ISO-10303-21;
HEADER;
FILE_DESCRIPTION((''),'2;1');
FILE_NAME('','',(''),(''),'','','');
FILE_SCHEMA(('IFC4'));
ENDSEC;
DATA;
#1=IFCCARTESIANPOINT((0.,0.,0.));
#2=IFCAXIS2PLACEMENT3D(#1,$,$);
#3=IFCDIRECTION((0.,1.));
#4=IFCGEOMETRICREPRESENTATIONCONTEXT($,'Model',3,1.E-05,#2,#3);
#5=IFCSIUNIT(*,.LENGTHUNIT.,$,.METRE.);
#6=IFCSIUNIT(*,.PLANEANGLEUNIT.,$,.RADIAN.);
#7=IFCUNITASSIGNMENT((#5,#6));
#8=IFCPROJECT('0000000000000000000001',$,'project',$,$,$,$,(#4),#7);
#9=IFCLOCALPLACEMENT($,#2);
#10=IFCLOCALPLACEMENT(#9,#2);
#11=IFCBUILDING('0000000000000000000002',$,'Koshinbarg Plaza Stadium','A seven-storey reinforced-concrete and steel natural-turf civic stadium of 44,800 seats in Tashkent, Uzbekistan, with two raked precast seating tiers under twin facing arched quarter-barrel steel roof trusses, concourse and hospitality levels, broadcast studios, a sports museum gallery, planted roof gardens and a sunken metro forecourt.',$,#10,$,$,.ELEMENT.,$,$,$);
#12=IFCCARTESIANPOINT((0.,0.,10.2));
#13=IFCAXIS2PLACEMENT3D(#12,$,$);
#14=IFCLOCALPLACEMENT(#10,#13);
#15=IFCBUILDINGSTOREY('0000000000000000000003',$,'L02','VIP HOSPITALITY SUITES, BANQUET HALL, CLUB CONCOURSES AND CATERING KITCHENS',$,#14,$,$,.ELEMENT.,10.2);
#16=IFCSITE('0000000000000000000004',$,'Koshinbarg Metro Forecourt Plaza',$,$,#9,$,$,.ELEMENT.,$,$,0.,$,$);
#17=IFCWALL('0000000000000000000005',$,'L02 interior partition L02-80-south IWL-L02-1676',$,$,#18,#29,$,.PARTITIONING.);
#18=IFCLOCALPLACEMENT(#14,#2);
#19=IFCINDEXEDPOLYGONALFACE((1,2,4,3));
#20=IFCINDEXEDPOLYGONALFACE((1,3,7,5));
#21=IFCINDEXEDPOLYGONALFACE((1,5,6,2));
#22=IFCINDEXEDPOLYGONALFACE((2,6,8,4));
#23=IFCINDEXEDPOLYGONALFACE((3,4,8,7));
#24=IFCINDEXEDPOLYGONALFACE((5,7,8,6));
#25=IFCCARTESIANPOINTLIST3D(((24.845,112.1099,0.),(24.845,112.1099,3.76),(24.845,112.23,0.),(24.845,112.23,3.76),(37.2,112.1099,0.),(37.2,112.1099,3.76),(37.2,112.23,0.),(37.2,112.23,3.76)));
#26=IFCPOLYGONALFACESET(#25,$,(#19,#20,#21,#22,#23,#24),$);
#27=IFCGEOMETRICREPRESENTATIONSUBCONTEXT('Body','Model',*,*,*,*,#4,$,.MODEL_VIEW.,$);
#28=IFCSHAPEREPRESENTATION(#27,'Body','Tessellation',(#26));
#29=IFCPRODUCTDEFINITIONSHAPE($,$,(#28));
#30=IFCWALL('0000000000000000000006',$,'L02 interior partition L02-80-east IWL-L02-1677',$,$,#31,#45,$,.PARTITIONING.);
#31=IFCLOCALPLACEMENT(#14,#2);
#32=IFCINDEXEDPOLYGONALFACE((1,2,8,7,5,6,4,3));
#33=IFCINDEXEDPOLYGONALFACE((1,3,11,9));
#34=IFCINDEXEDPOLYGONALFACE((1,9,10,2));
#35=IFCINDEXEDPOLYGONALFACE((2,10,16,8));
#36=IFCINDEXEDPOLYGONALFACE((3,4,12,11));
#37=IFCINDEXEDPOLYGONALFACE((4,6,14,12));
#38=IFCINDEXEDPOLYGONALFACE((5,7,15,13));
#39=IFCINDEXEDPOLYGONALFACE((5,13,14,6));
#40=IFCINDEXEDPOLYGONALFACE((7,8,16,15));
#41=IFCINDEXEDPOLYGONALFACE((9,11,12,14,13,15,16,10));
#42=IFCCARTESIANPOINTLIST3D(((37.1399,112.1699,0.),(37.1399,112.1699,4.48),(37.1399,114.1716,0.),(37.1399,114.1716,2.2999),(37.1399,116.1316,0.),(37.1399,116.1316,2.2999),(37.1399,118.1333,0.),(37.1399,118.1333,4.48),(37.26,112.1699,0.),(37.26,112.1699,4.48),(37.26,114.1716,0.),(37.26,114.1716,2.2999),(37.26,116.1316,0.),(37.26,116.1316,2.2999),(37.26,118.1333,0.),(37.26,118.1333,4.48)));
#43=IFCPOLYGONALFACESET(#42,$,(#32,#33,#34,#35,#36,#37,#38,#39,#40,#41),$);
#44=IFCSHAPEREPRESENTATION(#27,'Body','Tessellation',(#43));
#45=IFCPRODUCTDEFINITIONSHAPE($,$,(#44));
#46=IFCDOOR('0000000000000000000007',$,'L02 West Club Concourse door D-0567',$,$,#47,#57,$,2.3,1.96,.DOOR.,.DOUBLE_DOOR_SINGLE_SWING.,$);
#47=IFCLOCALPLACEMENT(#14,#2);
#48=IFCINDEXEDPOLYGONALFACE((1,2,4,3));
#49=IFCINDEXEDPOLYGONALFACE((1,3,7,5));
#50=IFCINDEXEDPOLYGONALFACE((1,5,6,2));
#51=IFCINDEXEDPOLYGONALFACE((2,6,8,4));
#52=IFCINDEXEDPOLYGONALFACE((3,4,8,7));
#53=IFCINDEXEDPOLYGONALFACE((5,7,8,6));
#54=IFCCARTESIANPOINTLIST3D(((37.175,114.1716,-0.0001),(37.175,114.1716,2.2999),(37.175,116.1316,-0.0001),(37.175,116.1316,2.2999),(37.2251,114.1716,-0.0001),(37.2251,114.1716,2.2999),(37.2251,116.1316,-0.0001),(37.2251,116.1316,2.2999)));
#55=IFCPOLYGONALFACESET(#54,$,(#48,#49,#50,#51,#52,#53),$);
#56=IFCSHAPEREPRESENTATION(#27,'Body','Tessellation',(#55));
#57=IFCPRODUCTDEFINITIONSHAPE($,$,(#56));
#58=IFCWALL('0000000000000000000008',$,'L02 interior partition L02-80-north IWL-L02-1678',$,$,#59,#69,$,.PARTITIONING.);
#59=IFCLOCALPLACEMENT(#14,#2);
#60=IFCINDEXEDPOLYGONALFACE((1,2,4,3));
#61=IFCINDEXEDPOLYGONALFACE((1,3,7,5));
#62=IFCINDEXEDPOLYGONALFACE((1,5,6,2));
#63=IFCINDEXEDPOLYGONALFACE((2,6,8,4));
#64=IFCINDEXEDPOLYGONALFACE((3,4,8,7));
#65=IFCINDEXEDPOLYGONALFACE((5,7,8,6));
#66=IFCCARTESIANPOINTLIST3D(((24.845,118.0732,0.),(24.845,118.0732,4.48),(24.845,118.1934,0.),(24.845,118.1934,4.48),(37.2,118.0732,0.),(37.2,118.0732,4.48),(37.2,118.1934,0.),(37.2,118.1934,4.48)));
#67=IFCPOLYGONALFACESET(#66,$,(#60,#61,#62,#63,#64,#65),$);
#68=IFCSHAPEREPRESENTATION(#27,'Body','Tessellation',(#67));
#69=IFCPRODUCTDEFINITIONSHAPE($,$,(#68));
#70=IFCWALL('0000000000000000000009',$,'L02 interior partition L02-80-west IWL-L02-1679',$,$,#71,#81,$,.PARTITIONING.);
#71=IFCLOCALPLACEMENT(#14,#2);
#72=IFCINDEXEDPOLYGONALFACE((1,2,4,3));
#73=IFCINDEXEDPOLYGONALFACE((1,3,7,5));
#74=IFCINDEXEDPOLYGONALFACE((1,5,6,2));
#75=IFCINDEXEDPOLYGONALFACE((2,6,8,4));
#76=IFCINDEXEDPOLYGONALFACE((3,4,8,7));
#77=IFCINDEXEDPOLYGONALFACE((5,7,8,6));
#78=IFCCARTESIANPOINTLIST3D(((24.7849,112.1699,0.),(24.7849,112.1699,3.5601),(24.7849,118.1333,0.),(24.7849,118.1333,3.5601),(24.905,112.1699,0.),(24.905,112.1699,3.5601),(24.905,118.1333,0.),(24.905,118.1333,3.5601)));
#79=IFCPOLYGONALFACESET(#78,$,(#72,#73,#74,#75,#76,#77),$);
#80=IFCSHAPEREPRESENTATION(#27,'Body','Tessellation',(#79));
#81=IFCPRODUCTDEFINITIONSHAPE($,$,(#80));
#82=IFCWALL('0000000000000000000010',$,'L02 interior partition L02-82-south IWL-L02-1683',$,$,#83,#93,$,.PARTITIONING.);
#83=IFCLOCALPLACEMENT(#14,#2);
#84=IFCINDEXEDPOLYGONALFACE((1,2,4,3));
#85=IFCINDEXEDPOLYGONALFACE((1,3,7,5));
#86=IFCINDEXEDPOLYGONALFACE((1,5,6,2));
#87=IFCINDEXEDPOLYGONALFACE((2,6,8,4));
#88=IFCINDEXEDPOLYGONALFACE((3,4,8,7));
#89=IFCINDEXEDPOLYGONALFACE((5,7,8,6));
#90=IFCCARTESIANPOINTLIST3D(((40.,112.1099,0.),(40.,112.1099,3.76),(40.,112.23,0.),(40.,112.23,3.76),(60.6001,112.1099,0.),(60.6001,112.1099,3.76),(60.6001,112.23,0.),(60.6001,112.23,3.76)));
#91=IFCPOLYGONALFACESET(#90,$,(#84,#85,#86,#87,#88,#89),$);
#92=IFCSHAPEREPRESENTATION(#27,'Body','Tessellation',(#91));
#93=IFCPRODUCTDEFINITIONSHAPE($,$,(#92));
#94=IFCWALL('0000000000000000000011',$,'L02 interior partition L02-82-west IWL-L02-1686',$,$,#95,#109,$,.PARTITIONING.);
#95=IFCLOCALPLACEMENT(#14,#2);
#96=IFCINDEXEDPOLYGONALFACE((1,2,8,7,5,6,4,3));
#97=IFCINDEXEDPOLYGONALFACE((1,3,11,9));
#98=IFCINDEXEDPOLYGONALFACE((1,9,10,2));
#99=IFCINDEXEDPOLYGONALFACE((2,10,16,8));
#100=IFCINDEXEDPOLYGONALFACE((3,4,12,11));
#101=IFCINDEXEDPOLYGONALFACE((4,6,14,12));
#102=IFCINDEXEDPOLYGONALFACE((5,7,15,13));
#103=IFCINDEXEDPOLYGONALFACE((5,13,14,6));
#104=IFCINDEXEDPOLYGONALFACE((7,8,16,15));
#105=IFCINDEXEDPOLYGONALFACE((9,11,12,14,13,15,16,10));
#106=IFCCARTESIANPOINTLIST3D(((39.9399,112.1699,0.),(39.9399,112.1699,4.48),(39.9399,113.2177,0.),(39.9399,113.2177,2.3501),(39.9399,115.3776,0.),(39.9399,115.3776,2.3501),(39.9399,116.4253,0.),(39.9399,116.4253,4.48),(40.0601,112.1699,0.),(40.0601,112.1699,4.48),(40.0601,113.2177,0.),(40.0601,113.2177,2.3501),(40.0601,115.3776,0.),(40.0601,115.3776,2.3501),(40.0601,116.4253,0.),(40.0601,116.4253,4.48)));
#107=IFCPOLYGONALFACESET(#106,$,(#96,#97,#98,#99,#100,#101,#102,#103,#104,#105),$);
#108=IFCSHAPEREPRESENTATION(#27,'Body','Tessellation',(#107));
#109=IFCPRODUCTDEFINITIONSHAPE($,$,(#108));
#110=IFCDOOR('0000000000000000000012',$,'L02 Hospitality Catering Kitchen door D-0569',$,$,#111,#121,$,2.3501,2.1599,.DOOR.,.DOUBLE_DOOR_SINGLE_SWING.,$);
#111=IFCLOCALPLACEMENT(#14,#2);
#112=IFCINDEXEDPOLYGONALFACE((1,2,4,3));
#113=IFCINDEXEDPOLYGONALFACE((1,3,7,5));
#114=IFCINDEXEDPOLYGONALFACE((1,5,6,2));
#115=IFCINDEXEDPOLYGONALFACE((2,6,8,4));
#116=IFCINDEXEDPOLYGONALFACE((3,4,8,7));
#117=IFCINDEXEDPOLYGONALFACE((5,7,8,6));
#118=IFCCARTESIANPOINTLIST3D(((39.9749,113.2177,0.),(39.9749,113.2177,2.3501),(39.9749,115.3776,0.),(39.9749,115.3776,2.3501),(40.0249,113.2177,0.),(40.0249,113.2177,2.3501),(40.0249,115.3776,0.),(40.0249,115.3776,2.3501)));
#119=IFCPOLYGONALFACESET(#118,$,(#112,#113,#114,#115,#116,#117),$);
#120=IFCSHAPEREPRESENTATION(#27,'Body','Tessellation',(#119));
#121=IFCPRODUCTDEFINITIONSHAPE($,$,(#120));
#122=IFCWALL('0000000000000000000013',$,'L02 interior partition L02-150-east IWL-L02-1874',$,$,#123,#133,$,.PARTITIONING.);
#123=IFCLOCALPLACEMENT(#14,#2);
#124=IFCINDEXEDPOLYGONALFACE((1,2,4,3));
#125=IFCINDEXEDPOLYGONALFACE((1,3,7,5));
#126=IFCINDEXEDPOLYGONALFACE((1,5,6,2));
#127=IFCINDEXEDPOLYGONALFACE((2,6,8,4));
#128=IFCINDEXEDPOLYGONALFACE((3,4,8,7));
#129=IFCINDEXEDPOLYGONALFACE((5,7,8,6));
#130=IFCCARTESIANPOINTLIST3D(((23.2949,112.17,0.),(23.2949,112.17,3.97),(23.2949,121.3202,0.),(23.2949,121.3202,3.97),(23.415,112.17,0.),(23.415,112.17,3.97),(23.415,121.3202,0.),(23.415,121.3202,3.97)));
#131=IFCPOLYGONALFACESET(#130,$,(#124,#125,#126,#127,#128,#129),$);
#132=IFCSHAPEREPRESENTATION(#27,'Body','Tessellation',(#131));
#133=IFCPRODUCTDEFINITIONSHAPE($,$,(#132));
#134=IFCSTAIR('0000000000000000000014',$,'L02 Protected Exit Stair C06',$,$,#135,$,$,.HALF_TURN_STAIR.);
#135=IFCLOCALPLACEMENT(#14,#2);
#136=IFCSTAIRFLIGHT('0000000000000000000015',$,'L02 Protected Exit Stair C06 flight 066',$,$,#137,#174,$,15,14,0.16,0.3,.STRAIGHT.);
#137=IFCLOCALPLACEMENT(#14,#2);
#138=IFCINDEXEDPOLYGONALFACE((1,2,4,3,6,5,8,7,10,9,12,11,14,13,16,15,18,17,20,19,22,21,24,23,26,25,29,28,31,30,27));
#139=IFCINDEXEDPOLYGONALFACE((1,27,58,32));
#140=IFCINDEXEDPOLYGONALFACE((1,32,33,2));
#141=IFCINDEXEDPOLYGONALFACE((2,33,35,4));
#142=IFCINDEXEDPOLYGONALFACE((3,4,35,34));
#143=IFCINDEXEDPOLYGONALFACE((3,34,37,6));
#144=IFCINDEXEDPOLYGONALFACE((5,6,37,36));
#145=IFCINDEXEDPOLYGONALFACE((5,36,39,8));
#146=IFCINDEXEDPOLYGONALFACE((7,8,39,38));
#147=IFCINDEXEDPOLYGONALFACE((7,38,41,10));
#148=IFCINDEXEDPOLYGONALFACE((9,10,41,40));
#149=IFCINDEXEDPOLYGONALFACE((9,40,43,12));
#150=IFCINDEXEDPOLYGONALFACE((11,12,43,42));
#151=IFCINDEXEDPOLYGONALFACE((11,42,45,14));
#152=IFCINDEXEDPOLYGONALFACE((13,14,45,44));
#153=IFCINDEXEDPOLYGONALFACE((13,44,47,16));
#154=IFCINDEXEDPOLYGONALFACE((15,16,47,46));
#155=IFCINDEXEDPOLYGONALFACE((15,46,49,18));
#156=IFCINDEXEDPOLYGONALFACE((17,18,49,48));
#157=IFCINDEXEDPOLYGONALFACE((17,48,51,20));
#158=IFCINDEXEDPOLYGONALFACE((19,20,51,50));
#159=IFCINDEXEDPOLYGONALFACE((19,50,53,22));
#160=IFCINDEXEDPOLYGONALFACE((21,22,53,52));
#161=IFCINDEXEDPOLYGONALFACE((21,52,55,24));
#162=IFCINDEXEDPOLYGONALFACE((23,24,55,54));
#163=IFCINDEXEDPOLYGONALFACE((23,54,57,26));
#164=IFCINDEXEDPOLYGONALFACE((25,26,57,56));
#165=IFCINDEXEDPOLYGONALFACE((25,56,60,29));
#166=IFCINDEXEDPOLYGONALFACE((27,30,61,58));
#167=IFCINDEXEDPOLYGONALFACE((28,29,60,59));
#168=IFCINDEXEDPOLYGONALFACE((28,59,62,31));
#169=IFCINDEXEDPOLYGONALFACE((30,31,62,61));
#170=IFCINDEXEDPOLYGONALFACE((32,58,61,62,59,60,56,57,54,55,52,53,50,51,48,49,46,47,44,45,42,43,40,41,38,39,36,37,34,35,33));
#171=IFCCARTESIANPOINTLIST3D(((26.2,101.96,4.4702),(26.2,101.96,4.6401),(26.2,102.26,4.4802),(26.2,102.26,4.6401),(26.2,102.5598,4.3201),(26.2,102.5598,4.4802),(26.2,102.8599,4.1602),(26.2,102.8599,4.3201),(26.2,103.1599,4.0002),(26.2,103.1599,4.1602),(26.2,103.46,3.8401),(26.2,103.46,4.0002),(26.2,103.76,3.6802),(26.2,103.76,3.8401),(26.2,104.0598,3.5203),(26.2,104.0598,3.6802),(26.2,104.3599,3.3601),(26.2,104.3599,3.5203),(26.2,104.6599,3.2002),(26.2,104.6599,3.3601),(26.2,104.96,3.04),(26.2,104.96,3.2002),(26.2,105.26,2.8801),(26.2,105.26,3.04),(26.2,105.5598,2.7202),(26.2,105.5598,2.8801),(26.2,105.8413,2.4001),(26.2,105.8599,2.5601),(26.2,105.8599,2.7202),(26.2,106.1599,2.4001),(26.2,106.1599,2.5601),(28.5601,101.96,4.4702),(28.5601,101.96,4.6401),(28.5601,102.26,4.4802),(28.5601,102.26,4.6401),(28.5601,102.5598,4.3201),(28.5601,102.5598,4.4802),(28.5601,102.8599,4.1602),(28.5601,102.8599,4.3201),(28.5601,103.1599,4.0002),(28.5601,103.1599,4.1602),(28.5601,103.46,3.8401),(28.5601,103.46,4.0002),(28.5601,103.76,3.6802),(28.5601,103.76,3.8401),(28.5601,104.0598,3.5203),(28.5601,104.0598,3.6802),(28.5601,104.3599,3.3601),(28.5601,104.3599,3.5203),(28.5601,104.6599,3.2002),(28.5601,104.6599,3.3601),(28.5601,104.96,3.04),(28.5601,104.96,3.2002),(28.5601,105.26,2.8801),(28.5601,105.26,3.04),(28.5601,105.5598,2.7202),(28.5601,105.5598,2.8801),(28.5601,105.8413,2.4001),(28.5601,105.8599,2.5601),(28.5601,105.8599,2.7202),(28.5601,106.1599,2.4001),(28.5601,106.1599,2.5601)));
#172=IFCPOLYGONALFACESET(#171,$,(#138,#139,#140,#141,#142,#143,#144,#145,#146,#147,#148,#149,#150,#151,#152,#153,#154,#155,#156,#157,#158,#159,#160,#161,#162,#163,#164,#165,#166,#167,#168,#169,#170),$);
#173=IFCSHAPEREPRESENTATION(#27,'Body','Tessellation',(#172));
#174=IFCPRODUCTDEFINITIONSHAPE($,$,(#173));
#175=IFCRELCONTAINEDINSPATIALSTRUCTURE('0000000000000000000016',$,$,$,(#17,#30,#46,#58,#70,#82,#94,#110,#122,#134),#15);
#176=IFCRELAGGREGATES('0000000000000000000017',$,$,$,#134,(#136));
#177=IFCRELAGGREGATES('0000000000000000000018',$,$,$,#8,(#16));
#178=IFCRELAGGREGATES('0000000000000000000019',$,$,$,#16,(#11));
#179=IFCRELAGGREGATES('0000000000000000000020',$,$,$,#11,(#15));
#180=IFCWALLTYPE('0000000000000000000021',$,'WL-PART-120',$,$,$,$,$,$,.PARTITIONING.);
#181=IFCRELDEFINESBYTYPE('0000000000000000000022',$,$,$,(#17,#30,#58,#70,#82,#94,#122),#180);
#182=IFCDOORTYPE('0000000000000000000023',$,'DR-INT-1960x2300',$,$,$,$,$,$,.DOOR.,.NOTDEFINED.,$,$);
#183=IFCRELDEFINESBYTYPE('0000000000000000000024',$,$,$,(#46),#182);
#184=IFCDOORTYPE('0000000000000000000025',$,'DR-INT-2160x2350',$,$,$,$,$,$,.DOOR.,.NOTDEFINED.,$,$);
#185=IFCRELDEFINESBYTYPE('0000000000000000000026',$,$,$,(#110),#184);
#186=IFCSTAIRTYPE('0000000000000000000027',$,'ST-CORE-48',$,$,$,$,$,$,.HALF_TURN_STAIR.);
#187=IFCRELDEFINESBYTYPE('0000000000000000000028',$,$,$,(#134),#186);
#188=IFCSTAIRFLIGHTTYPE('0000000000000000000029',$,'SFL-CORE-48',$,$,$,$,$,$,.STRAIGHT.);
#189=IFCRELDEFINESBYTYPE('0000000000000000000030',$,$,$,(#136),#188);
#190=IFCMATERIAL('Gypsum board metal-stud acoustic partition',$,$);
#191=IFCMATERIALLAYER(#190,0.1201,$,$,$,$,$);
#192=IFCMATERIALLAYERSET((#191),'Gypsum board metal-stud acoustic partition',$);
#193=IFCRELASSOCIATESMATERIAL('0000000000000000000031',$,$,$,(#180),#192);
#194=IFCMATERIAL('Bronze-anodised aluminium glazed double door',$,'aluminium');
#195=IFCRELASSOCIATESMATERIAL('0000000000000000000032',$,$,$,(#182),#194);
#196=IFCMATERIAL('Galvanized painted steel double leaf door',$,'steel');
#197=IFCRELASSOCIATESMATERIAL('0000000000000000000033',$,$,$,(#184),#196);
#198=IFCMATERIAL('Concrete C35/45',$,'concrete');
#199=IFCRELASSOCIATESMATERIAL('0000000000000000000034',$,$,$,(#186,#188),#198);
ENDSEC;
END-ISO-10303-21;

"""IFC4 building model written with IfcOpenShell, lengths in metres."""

from ifc_helpers import new_model, si_unit, direction, frame, frame_2d, origin, place, context, subcontext, project, spatial, polyline, rectangle, outline, extrude, material, layer, layer_set, type_object, element, fill, aggregate, save


model = new_model("IFC4")

# Units and contexts
model_context = context("Model", 3, precision=1e-05, world=origin(), true_north=direction((0.0, 1.0)))
body_context = subcontext(model_context, "Body", "Model", "MODEL_VIEW")
ifc_project = project(units=[si_unit("LENGTHUNIT", "METRE"), si_unit("PLANEANGLEUNIT", "RADIAN")], contexts=[model_context])

# Site, building, storey
site_placement = place(None, origin())
site = spatial("IfcSite", under=ifc_project, at=site_placement, Name="Koshinbarg Metro Forecourt Plaza", CompositionType="ELEMENT", RefElevation=0.0)
building_placement = place(site_placement, origin())
building = spatial("IfcBuilding", under=site, at=building_placement, Name="Koshinbarg Plaza Stadium", Description="A seven-storey reinforced-concrete and steel natural-turf civic stadium of 44,800 seats in Tashkent, Uzbekistan, with two raked precast seating tiers under twin facing arched quarter-barrel steel roof trusses, concourse and hospitality levels, broadcast studios, a sports museum gallery, planted roof gardens and a sunken metro forecourt.", CompositionType="ELEMENT")
storey_placement = place(building_placement, frame((0.0, 0.0, 10.2)))
storey = spatial("IfcBuildingStorey", under=building, at=storey_placement, Name="L02", Description="VIP HOSPITALITY SUITES, BANQUET HALL, CLUB CONCOURSES AND CATERING KITCHENS", CompositionType="ELEMENT", Elevation=10.2)

# Shared definitions
ifc_material_1 = material(Name="Gypsum board metal-stud acoustic partition")
ifc_layer_1 = layer(ifc_material_1, 0.1201)
ifc_layer_set_1 = layer_set([ifc_layer_1], Name="Gypsum board metal-stud acoustic partition")
wall_type_1 = type_object("IfcWallType", Name="WL-PART-120", PredefinedType="PARTITIONING", material=ifc_layer_set_1)

# Wall
wall_1_placement = place(storey_placement, frame((24.845, 112.1699, 0.0), z_axis=(0.0, 0.0, 1.0), x_axis=(1.0, 0.0, 0.0)))
element("IfcWall", 1, at=wall_1_placement, inside=storey, type_object=wall_type_1, Name="L02 interior partition L02-80-south IWL-L02-1676", PredefinedType="PARTITIONING", context=body_context, shape_type="SweptSolid", body=[
    extrude(rectangle(XDim=12.355, YDim=0.1201, at=frame_2d((6.1775, 0.0))), origin(), (0.0, 0.0, 1.0), 3.76),
])

# Wall, opening, door
wall_2_placement = place(storey_placement, frame((37.2, 112.1699, 0.0), z_axis=(0.0, 0.0, 1.0), x_axis=(0.0, 1.0, 0.0)))
wall_2 = element("IfcWall", 2, at=wall_2_placement, inside=storey, type_object=wall_type_1, Name="L02 interior partition L02-80-east IWL-L02-1677", PredefinedType="PARTITIONING", context=body_context, shape_type="SweptSolid", body=[
    extrude(rectangle(XDim=5.9634, YDim=0.1201, at=frame_2d((2.9817, 0.0))), origin(), (0.0, 0.0, 1.0), 4.48),
])
opening_1_placement = place(wall_2_placement, frame((2.0017, 0.0, 0.0)))
opening_1 = element("IfcOpeningElement", 3, at=opening_1_placement, cuts=wall_2, PredefinedType="OPENING", context=body_context, shape_type="SweptSolid", body=[
    extrude(rectangle(XDim=1.96, YDim=2.3, at=frame_2d((0.98, 1.1499))), frame((0.0, 0.0701, 0.0), z_axis=(0.0, -1.0, 0.0), x_axis=(1.0, 0.0, 0.0)), (0.0, 0.0, 1.0), 0.1401),
])
ifc_material_2 = material(Name="Bronze-anodised aluminium glazed double door", Category="aluminium")
door_type_1 = type_object("IfcDoorType", Name="DR-INT-1960x2300", OperationType="NOTDEFINED", PredefinedType="DOOR", material=ifc_material_2)
door_1_placement = place(opening_1_placement, origin())
door_1 = element("IfcDoor", 4, at=door_1_placement, inside=storey, type_object=door_type_1, Name="L02 West Club Concourse door D-0567", OperationType="DOUBLE_DOOR_SINGLE_SWING", OverallHeight=2.3, OverallWidth=1.96, PredefinedType="DOOR", context=body_context, shape_type="SweptSolid", body=[
    extrude(rectangle(XDim=1.96, YDim=2.3, at=frame_2d((0.98, 1.1499))), frame((0.0, 0.0249, 0.0), z_axis=(0.0, -1.0, 0.0), x_axis=(1.0, 0.0, 0.0)), (0.0, 0.0, 1.0), 0.05),
])
fill(opening_1, door_1)

# Walls
wall_3_placement = place(storey_placement, frame((37.2, 118.1333, 0.0), z_axis=(0.0, 0.0, 1.0), x_axis=(-1.0, 0.0, 0.0)))
element("IfcWall", 5, at=wall_3_placement, inside=storey, type_object=wall_type_1, Name="L02 interior partition L02-80-north IWL-L02-1678", PredefinedType="PARTITIONING", context=body_context, shape_type="SweptSolid", body=[
    extrude(rectangle(XDim=12.355, YDim=0.1201, at=frame_2d((6.1775, 0.0))), origin(), (0.0, 0.0, 1.0), 4.48),
])
wall_4_placement = place(storey_placement, frame((24.845, 118.1333, 0.0), z_axis=(0.0, 0.0, 1.0), x_axis=(0.0, -1.0, 0.0)))
element("IfcWall", 6, at=wall_4_placement, inside=storey, type_object=wall_type_1, Name="L02 interior partition L02-80-west IWL-L02-1679", PredefinedType="PARTITIONING", context=body_context, shape_type="SweptSolid", body=[
    extrude(rectangle(XDim=5.9634, YDim=0.1201, at=frame_2d((2.9817, 0.0))), origin(), (0.0, 0.0, 1.0), 3.5601),
])
wall_5_placement = place(storey_placement, frame((40.0, 112.1699, 0.0), z_axis=(0.0, 0.0, 1.0), x_axis=(1.0, 0.0, 0.0)))
element("IfcWall", 7, at=wall_5_placement, inside=storey, type_object=wall_type_1, Name="L02 interior partition L02-82-south IWL-L02-1683", PredefinedType="PARTITIONING", context=body_context, shape_type="SweptSolid", body=[
    extrude(rectangle(XDim=20.6001, YDim=0.1201, at=frame_2d((10.3, 0.0))), origin(), (0.0, 0.0, 1.0), 3.76),
])

# Wall, opening, door
wall_6_placement = place(storey_placement, frame((40.0, 116.4253, 0.0), z_axis=(0.0, 0.0, 1.0), x_axis=(0.0, -1.0, 0.0)))
wall_6 = element("IfcWall", 8, at=wall_6_placement, inside=storey, type_object=wall_type_1, Name="L02 interior partition L02-82-west IWL-L02-1686", PredefinedType="PARTITIONING", context=body_context, shape_type="SweptSolid", body=[
    extrude(rectangle(XDim=4.2554, YDim=0.1201, at=frame_2d((2.1277, 0.0))), origin(), (0.0, 0.0, 1.0), 4.48),
])
opening_2_placement = place(wall_6_placement, frame((1.0476, 0.0, 0.0)))
opening_2 = element("IfcOpeningElement", 9, at=opening_2_placement, cuts=wall_6, PredefinedType="OPENING", context=body_context, shape_type="SweptSolid", body=[
    extrude(rectangle(XDim=2.1599, YDim=2.3501, at=frame_2d((1.0801, 1.175))), frame((0.0, 0.0701, 0.0), z_axis=(0.0, -1.0, 0.0), x_axis=(1.0, 0.0, 0.0)), (0.0, 0.0, 1.0), 0.1401),
])
ifc_material_3 = material(Name="Galvanized painted steel double leaf door", Category="steel")
door_type_2 = type_object("IfcDoorType", Name="DR-INT-2160x2350", OperationType="NOTDEFINED", PredefinedType="DOOR", material=ifc_material_3)
door_2_placement = place(opening_2_placement, origin())
door_2 = element("IfcDoor", 10, at=door_2_placement, inside=storey, type_object=door_type_2, Name="L02 Hospitality Catering Kitchen door D-0569", OperationType="DOUBLE_DOOR_SINGLE_SWING", OverallHeight=2.3501, OverallWidth=2.1599, PredefinedType="DOOR", context=body_context, shape_type="SweptSolid", body=[
    extrude(rectangle(XDim=2.1599, YDim=2.3501, at=frame_2d((1.0801, 1.175))), frame((0.0, 0.0249, 0.0), z_axis=(0.0, -1.0, 0.0), x_axis=(1.0, 0.0, 0.0)), (0.0, 0.0, 1.0), 0.05),
])
fill(opening_2, door_2)

# Wall
wall_7_placement = place(storey_placement, frame((23.355, 112.1699, 0.0), z_axis=(0.0, 0.0, 1.0), x_axis=(0.0, 1.0, 0.0)))
element("IfcWall", 11, at=wall_7_placement, inside=storey, type_object=wall_type_1, Name="L02 interior partition L02-150-east IWL-L02-1874", PredefinedType="PARTITIONING", context=body_context, shape_type="SweptSolid", body=[
    extrude(rectangle(XDim=9.1501, YDim=0.1201, at=frame_2d((4.5752, 0.0))), origin(), (0.0, 0.0, 1.0), 3.97),
])

# Stair, stair flight
ifc_material_4 = material(Name="Concrete C35/45", Category="concrete")
stair_type = type_object("IfcStairType", Name="ST-CORE-48", PredefinedType="HALF_TURN_STAIR", material=ifc_material_4)
stair_placement = place(storey_placement, origin())
stair = element("IfcStair", 12, at=stair_placement, inside=storey, type_object=stair_type, Name="L02 Protected Exit Stair C06", PredefinedType="HALF_TURN_STAIR")
stair_flight_type = type_object("IfcStairFlightType", Name="SFL-CORE-48", PredefinedType="STRAIGHT", material=ifc_material_4)
stair_flight_placement = place(storey_placement, frame((27.3799, 106.1599, 2.4001), z_axis=(0.0, 0.0, 1.0), x_axis=(0.0, -1.0, 0.0)))
stair_flight = element("IfcStairFlight", 13, at=stair_flight_placement, type_object=stair_flight_type, Name="L02 Protected Exit Stair C06 flight 066", NumberOfRisers=15, NumberOfTreads=14, PredefinedType="STRAIGHT", RiserHeight=0.16, TreadLength=0.3, context=body_context, shape_type="SweptSolid", body=[
    extrude(outline(polyline([(0.0, 0.0), (0.0, 0.1599), (0.3, 0.1599), (0.3, 0.3201), (0.6001, 0.3201), (0.6001, 0.48), (0.8999, 0.48), (0.8999, 0.6399), (1.2, 0.6399), (1.2, 0.8), (1.5, 0.8), (1.5, 0.96), (1.8, 0.96), (1.8, 1.1201), (2.1001, 1.1201), (2.1001, 1.28), (2.3999, 1.28), (2.3999, 1.4399), (2.7, 1.4399), (2.7, 1.6001), (3.0, 1.6001), (3.0, 1.76), (3.3, 1.76), (3.3, 1.9199), (3.6001, 1.9199), (3.6001, 2.0801), (3.8999, 2.0801), (3.8999, 2.24), (4.2, 2.24), (4.2, 2.3999), (4.2, 2.0701), (0.3186, 0.0), (0.0, 0.0)])), frame((0.0, 1.1802, 0.0), z_axis=(0.0, -1.0, 0.0), x_axis=(1.0, 0.0, 0.0)), (0.0, 0.0, 1.0), 2.3601),
])
aggregate(stair, [stair_flight])

save(model, "model.ifc")
